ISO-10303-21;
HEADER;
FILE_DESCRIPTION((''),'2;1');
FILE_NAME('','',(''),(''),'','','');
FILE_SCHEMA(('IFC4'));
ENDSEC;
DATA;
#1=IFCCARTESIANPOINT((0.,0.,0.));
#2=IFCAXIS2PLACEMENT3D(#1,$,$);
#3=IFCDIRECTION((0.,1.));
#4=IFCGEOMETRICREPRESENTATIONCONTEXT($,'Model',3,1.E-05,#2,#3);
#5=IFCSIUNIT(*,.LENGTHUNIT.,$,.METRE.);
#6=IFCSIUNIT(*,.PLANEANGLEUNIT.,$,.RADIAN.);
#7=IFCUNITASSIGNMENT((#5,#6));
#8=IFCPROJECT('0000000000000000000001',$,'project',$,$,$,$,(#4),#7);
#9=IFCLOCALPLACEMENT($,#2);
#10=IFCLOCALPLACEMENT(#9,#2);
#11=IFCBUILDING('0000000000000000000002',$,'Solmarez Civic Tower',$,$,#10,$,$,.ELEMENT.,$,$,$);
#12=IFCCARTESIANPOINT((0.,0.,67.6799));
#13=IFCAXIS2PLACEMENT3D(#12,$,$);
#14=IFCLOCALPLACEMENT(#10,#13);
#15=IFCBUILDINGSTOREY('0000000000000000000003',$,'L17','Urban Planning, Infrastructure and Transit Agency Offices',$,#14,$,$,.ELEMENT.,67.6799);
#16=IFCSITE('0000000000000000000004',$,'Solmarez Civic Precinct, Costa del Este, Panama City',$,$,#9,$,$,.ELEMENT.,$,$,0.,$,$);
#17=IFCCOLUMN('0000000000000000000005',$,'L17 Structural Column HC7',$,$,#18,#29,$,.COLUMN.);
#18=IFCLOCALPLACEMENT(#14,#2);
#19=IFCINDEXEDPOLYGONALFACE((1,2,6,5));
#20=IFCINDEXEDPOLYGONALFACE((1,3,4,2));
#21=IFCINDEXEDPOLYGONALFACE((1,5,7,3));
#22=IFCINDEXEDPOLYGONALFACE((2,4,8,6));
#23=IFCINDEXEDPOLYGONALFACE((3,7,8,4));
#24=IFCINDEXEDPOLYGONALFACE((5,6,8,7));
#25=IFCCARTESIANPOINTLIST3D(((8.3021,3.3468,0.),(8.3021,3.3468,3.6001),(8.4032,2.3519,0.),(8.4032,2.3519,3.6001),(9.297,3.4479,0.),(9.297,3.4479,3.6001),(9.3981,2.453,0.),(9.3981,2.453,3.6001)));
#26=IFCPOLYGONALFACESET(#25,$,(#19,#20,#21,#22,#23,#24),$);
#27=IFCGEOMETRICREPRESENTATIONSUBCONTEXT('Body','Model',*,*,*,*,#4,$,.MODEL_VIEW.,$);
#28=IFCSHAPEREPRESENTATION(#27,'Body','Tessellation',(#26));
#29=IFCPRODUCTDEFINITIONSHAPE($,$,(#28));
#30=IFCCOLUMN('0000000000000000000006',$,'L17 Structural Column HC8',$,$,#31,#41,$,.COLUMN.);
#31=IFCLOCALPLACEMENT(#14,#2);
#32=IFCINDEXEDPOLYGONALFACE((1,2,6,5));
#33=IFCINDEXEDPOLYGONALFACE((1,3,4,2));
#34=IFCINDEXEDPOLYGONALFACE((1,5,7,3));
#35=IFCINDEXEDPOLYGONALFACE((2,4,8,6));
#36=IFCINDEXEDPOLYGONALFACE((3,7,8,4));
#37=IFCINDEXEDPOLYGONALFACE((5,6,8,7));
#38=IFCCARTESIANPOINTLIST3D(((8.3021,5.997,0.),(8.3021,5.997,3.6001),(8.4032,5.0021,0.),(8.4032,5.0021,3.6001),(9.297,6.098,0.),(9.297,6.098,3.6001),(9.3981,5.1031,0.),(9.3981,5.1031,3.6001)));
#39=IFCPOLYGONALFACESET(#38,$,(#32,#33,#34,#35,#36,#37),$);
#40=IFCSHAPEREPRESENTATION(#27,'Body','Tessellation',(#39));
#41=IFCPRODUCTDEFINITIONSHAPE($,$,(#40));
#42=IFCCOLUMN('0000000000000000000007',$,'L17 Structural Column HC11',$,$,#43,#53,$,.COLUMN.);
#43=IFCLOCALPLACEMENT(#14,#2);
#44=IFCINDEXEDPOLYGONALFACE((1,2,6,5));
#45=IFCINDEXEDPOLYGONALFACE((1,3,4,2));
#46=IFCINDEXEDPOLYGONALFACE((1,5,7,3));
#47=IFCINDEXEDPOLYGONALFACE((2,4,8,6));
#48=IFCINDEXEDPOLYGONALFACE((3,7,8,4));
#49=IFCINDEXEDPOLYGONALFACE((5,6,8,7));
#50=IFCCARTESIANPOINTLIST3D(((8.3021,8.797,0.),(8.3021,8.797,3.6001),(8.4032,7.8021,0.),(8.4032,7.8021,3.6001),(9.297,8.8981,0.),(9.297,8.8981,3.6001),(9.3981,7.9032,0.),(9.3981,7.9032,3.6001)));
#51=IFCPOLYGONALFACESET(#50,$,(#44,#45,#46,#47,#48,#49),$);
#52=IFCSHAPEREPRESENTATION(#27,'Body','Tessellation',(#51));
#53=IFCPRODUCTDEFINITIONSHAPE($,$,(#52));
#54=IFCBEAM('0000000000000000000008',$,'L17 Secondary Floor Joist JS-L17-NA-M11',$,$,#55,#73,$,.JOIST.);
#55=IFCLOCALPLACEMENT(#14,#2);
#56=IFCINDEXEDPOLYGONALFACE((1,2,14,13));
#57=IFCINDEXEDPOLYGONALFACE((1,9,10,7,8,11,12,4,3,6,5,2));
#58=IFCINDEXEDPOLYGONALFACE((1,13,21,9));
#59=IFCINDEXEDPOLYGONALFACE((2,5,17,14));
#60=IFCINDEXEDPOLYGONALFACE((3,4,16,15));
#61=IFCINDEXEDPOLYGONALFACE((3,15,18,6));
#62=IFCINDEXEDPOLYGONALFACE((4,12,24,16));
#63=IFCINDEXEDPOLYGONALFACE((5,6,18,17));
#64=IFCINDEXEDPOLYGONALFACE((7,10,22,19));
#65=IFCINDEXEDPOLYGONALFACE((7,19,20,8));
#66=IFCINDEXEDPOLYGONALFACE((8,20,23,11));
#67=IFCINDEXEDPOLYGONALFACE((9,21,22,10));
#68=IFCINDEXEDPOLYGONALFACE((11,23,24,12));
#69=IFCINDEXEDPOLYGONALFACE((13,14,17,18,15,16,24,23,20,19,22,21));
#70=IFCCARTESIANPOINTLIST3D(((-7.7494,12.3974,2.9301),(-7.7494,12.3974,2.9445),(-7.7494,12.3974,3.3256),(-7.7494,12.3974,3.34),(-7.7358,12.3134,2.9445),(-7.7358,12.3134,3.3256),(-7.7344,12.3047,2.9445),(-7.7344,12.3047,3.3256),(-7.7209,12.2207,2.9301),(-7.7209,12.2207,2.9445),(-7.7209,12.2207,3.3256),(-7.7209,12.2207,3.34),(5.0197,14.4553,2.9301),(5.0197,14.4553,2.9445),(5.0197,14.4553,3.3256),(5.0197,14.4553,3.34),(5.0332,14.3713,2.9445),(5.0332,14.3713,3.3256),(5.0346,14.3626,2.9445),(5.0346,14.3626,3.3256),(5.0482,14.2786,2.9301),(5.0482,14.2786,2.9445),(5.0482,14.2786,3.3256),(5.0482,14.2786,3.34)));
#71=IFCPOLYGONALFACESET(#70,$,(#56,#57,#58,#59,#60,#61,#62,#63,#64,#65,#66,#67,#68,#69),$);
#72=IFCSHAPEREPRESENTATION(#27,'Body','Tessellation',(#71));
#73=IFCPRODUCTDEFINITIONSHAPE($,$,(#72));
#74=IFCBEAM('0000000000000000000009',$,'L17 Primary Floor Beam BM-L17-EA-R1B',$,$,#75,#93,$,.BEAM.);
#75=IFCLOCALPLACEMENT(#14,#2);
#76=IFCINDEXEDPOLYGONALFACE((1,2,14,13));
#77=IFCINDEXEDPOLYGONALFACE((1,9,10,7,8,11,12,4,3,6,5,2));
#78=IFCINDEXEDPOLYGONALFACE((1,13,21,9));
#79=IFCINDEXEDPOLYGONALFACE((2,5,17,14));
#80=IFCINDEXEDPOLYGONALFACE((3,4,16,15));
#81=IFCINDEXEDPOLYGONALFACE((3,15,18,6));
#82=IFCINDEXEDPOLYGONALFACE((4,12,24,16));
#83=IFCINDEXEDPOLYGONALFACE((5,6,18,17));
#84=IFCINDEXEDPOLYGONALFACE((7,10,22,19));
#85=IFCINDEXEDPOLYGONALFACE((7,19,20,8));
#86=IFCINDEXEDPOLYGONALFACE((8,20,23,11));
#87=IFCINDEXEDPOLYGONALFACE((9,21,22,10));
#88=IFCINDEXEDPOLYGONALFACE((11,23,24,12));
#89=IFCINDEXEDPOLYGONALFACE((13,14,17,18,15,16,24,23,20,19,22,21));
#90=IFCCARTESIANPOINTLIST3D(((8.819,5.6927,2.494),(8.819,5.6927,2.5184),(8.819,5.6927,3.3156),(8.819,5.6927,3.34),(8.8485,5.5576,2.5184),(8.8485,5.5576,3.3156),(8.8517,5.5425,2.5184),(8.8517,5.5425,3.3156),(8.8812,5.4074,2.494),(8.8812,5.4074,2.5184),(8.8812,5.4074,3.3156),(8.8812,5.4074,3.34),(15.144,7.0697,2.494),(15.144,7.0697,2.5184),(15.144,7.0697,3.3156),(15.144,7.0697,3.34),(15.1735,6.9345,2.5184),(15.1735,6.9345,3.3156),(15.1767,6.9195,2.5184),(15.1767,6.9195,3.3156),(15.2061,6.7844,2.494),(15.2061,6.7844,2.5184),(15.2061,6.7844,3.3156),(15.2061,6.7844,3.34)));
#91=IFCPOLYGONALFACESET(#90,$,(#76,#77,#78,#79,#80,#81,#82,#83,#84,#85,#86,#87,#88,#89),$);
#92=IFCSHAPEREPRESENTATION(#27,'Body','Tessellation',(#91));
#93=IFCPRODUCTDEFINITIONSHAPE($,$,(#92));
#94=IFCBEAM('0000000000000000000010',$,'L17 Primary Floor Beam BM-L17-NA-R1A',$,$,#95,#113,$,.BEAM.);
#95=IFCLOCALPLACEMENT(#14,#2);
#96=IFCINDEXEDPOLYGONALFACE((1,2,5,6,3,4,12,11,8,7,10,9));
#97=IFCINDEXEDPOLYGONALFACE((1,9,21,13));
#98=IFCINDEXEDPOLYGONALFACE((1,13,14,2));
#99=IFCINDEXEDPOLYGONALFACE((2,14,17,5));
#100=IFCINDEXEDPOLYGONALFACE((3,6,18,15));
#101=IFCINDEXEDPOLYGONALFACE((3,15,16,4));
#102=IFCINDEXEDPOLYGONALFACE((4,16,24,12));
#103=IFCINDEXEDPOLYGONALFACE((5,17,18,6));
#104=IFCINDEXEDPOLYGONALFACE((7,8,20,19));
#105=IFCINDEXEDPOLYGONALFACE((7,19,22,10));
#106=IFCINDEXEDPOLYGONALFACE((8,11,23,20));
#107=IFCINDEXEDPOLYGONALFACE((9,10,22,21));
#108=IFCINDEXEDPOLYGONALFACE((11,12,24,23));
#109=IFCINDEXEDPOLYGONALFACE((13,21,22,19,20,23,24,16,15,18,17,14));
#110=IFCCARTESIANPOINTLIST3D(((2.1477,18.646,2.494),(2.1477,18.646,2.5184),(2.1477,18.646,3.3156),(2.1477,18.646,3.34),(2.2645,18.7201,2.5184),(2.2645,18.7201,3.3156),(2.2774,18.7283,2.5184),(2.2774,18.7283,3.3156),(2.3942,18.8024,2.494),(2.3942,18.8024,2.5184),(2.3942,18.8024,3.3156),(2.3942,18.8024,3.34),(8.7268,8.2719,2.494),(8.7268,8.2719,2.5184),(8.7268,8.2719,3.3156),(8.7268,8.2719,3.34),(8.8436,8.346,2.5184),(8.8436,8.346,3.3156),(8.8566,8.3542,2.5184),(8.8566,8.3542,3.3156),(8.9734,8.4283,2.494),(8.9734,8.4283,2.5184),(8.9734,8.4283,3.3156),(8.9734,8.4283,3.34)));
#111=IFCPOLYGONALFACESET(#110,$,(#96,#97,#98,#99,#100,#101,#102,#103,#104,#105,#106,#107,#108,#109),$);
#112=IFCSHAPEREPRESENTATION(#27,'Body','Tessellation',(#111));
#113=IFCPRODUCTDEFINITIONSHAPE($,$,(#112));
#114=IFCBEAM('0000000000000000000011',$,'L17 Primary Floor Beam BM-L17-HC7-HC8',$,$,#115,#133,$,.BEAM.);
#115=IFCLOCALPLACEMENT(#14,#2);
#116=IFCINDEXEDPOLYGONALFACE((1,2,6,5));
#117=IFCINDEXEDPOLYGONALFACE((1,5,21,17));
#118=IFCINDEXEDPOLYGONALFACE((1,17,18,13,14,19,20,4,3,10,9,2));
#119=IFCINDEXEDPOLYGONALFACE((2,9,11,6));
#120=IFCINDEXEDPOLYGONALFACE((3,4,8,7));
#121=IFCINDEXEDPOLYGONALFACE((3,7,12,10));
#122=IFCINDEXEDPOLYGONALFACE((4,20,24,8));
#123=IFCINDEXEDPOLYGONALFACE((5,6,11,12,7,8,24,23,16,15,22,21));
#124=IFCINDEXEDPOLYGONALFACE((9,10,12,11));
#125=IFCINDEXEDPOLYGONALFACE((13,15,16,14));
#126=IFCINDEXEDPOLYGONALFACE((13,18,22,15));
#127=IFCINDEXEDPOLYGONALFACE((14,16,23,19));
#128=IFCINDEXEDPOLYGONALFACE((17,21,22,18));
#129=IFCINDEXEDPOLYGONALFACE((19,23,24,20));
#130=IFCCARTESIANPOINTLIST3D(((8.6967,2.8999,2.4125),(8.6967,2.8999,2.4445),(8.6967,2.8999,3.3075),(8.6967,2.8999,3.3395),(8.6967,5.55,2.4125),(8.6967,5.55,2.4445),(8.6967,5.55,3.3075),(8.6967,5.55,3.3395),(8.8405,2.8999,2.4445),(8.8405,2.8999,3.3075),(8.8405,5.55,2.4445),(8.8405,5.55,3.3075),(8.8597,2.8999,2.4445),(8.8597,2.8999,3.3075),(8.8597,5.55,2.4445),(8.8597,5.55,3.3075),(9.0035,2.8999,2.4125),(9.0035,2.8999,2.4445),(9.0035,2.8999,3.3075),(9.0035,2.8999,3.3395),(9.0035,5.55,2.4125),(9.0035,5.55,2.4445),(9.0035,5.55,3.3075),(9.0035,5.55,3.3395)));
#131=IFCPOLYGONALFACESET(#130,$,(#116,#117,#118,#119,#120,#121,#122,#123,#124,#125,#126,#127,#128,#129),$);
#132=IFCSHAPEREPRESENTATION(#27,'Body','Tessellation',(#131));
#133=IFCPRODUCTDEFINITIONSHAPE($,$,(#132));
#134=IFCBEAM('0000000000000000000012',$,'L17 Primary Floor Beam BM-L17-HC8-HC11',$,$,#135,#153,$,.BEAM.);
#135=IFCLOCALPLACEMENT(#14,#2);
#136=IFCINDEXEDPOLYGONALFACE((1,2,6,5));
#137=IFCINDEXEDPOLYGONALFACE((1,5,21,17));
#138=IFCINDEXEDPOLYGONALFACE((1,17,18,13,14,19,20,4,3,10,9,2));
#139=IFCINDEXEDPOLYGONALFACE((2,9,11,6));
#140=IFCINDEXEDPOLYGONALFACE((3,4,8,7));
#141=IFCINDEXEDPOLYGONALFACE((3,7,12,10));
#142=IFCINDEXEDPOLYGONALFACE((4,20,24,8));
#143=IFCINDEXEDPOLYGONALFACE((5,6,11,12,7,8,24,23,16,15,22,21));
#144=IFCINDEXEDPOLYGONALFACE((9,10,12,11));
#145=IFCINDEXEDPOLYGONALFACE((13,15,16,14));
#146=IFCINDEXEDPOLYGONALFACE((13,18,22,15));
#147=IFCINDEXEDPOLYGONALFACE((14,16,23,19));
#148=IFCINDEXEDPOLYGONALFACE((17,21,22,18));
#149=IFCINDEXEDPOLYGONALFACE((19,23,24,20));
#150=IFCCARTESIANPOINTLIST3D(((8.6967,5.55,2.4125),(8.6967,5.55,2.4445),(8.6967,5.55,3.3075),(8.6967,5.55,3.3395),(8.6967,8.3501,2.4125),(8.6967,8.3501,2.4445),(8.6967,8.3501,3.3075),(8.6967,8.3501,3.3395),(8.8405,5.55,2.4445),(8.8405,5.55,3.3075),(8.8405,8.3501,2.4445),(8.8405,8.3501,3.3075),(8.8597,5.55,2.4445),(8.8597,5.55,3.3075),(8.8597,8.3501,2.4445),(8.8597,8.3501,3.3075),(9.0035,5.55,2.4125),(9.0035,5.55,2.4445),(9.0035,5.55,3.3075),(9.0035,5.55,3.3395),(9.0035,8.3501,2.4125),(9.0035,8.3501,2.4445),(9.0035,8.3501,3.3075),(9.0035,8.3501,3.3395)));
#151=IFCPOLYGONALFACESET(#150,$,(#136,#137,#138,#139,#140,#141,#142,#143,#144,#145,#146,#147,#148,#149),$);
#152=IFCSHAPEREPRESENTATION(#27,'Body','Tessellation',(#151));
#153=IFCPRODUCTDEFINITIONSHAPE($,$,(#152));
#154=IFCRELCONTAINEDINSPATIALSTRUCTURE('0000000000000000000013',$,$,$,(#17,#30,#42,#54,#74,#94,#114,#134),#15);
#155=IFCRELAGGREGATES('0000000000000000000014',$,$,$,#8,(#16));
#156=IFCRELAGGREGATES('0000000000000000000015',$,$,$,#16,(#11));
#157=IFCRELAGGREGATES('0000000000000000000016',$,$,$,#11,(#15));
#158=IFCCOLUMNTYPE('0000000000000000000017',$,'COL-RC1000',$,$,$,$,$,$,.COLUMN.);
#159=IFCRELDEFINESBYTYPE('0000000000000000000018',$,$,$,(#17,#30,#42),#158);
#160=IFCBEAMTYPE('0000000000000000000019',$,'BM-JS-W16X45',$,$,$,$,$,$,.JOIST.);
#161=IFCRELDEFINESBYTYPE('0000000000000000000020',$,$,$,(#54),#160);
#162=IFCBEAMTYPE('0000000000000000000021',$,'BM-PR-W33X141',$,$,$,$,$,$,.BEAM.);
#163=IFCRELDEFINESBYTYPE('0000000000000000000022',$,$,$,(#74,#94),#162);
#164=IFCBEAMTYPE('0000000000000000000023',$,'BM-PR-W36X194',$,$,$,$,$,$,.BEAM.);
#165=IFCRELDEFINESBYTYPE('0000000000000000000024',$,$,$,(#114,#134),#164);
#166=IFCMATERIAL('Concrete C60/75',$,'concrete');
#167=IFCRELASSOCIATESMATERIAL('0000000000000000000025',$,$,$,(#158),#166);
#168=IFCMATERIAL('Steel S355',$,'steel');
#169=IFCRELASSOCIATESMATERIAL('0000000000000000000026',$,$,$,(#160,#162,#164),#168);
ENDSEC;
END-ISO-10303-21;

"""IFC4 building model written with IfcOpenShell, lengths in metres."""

from ifc_helpers import new_model, si_unit, direction, frame, origin, origin_2d, place, context, subcontext, project, spatial, rectangle, i_section, extrude, material, material_profile, profile_set, type_object, element, save


model = new_model("IFC4")

# Units and contexts
model_context = context("Model", 3, precision=1e-05, world=origin(), true_north=direction((0.0, 1.0)))
body_context = subcontext(model_context, "Body", "Model", "MODEL_VIEW")
ifc_project = project(units=[si_unit("LENGTHUNIT", "METRE"), si_unit("PLANEANGLEUNIT", "RADIAN")], contexts=[model_context])

# Site, building, storey
site_placement = place(None, origin())
site = spatial("IfcSite", under=ifc_project, at=site_placement, Name="Solmarez Civic Precinct, Costa del Este, Panama City", CompositionType="ELEMENT", RefElevation=0.0)
building_placement = place(site_placement, origin())
building = spatial("IfcBuilding", under=site, at=building_placement, Name="Solmarez Civic Tower", CompositionType="ELEMENT")
storey_placement = place(building_placement, frame((0.0, 0.0, 67.6799)))
storey = spatial("IfcBuildingStorey", under=building, at=storey_placement, Name="L17", Description="Urban Planning, Infrastructure and Transit Agency Offices", CompositionType="ELEMENT", Elevation=67.6799)

# Columns
ifc_material_1 = material(Name="Concrete C60/75", Category="concrete")
ifc_material_profile_1 = material_profile(ifc_material_1, rectangle(XDim=1.0, YDim=1.0, at=origin_2d()), Name="RC1000X1000")
ifc_profile_set_1 = profile_set([ifc_material_profile_1], Name="Concrete C60/75")
column_type = type_object("IfcColumnType", Name="COL-RC1000", PredefinedType="COLUMN", material=ifc_profile_set_1)
for number, where, z_axis, x_axis, name in (
    (1, (8.8501, 2.8999, 0.0), (0.0, 0.0, 1.0), (0.994881, 0.101056, 0.0), "L17 Structural Column HC7"),
    (2, (8.8501, 5.55, 0.0), (0.0, 0.0, 1.0), (0.994881, 0.101056, 0.0), "L17 Structural Column HC8"),
    (3, (8.8501, 8.3501, 0.0), (0.0, 0.0, 1.0), (0.994881, 0.101056, 0.0), "L17 Structural Column HC11"),
):
    element("IfcColumn", number, at=place(storey_placement, frame(where, z_axis=z_axis, x_axis=x_axis)), inside=storey, type_object=column_type, Name=name, PredefinedType="COLUMN", context=body_context, shape_type="SweptSolid", body=[
        extrude(rectangle(XDim=1.0, YDim=1.0, at=origin_2d()), origin(), (0.0, 0.0, 1.0), 3.6001),
    ])

# Beams
ifc_material_2 = material(Name="Steel S355", Category="steel")
ifc_material_profile_2 = material_profile(ifc_material_2, i_section(OverallWidth=0.179, OverallDepth=0.4099, WebThickness=0.0088, FlangeThickness=0.0144, at=origin_2d()), Name="W16X45")
ifc_profile_set_2 = profile_set([ifc_material_profile_2], Name="Steel S355")
beam_type_1 = type_object("IfcBeamType", Name="BM-JS-W16X45", PredefinedType="JOIST", material=ifc_profile_set_2)
beam_1_placement = place(storey_placement, frame((5.0339, 14.3669, 3.135), z_axis=(-0.987261, -0.159107, 0.0), x_axis=(0.159107, -0.987261, 0.0)))
element("IfcBeam", 4, at=beam_1_placement, inside=storey, type_object=beam_type_1, Name="L17 Secondary Floor Joist JS-L17-NA-M11", PredefinedType="JOIST", context=body_context, shape_type="SweptSolid", body=[
    extrude(i_section(OverallWidth=0.179, OverallDepth=0.4099, WebThickness=0.0088, FlangeThickness=0.0144, at=origin_2d()), origin(), (0.0, 0.0, 1.0), 12.9338),
])
ifc_material_profile_3 = material_profile(ifc_material_2, i_section(OverallWidth=0.292, OverallDepth=0.8459, WebThickness=0.0154, FlangeThickness=0.0244, at=origin_2d()), Name="W33X141")
ifc_profile_set_3 = profile_set([ifc_material_profile_3], Name="Steel S355")
beam_type_2 = type_object("IfcBeamType", Name="BM-PR-W33X141", PredefinedType="BEAM", material=ifc_profile_set_3)
beam_2_placement = place(storey_placement, frame((8.8501, 5.55, 2.917), z_axis=(0.977113, 0.212719, 0.0), x_axis=(-0.212719, 0.977113, 0.0)))
element("IfcBeam", 5, at=beam_2_placement, inside=storey, type_object=beam_type_2, Name="L17 Primary Floor Beam BM-L17-EA-R1B", PredefinedType="BEAM", context=body_context, shape_type="SweptSolid", body=[
    extrude(i_section(OverallWidth=0.292, OverallDepth=0.8459, WebThickness=0.0154, FlangeThickness=0.0244, at=origin_2d()), origin(), (0.0, 0.0, 1.0), 6.4731),
])
beam_3_placement = place(storey_placement, frame((8.8501, 8.3501, 2.917), z_axis=(-0.535568, 0.844492, 0.0), x_axis=(-0.844492, -0.535568, 0.0)))
element("IfcBeam", 6, at=beam_3_placement, inside=storey, type_object=beam_type_2, Name="L17 Primary Floor Beam BM-L17-NA-R1A", PredefinedType="BEAM", context=body_context, shape_type="SweptSolid", body=[
    extrude(i_section(OverallWidth=0.292, OverallDepth=0.8459, WebThickness=0.0154, FlangeThickness=0.0244, at=origin_2d()), origin(), (0.0, 0.0, 1.0), 12.2844),
])
ifc_material_profile_4 = material_profile(ifc_material_2, i_section(OverallWidth=0.3069, OverallDepth=0.927, WebThickness=0.0193, FlangeThickness=0.032, at=origin_2d()), Name="W36X194")
ifc_profile_set_4 = profile_set([ifc_material_profile_4], Name="Steel S355")
beam_type_3 = type_object("IfcBeamType", Name="BM-PR-W36X194", PredefinedType="BEAM", material=ifc_profile_set_4)
beam_4_placement = place(storey_placement, frame((8.8501, 2.8999, 2.876), z_axis=(0.0, 1.0, 0.0), x_axis=(-1.0, 0.0, 0.0)))
element("IfcBeam", 7, at=beam_4_placement, inside=storey, type_object=beam_type_3, Name="L17 Primary Floor Beam BM-L17-HC7-HC8", PredefinedType="BEAM", context=body_context, shape_type="SweptSolid", body=[
    extrude(i_section(OverallWidth=0.3069, OverallDepth=0.927, WebThickness=0.0193, FlangeThickness=0.032, at=origin_2d()), origin(), (0.0, 0.0, 1.0), 2.6501),
])
beam_5_placement = place(storey_placement, frame((8.8501, 5.55, 2.876), z_axis=(0.0, 1.0, 0.0), x_axis=(-1.0, 0.0, 0.0)))
element("IfcBeam", 8, at=beam_5_placement, inside=storey, type_object=beam_type_3, Name="L17 Primary Floor Beam BM-L17-HC8-HC11", PredefinedType="BEAM", context=body_context, shape_type="SweptSolid", body=[
    extrude(i_section(OverallWidth=0.3069, OverallDepth=0.927, WebThickness=0.0193, FlangeThickness=0.032, at=origin_2d()), origin(), (0.0, 0.0, 1.0), 2.8),
])

save(model, "model.ifc")
